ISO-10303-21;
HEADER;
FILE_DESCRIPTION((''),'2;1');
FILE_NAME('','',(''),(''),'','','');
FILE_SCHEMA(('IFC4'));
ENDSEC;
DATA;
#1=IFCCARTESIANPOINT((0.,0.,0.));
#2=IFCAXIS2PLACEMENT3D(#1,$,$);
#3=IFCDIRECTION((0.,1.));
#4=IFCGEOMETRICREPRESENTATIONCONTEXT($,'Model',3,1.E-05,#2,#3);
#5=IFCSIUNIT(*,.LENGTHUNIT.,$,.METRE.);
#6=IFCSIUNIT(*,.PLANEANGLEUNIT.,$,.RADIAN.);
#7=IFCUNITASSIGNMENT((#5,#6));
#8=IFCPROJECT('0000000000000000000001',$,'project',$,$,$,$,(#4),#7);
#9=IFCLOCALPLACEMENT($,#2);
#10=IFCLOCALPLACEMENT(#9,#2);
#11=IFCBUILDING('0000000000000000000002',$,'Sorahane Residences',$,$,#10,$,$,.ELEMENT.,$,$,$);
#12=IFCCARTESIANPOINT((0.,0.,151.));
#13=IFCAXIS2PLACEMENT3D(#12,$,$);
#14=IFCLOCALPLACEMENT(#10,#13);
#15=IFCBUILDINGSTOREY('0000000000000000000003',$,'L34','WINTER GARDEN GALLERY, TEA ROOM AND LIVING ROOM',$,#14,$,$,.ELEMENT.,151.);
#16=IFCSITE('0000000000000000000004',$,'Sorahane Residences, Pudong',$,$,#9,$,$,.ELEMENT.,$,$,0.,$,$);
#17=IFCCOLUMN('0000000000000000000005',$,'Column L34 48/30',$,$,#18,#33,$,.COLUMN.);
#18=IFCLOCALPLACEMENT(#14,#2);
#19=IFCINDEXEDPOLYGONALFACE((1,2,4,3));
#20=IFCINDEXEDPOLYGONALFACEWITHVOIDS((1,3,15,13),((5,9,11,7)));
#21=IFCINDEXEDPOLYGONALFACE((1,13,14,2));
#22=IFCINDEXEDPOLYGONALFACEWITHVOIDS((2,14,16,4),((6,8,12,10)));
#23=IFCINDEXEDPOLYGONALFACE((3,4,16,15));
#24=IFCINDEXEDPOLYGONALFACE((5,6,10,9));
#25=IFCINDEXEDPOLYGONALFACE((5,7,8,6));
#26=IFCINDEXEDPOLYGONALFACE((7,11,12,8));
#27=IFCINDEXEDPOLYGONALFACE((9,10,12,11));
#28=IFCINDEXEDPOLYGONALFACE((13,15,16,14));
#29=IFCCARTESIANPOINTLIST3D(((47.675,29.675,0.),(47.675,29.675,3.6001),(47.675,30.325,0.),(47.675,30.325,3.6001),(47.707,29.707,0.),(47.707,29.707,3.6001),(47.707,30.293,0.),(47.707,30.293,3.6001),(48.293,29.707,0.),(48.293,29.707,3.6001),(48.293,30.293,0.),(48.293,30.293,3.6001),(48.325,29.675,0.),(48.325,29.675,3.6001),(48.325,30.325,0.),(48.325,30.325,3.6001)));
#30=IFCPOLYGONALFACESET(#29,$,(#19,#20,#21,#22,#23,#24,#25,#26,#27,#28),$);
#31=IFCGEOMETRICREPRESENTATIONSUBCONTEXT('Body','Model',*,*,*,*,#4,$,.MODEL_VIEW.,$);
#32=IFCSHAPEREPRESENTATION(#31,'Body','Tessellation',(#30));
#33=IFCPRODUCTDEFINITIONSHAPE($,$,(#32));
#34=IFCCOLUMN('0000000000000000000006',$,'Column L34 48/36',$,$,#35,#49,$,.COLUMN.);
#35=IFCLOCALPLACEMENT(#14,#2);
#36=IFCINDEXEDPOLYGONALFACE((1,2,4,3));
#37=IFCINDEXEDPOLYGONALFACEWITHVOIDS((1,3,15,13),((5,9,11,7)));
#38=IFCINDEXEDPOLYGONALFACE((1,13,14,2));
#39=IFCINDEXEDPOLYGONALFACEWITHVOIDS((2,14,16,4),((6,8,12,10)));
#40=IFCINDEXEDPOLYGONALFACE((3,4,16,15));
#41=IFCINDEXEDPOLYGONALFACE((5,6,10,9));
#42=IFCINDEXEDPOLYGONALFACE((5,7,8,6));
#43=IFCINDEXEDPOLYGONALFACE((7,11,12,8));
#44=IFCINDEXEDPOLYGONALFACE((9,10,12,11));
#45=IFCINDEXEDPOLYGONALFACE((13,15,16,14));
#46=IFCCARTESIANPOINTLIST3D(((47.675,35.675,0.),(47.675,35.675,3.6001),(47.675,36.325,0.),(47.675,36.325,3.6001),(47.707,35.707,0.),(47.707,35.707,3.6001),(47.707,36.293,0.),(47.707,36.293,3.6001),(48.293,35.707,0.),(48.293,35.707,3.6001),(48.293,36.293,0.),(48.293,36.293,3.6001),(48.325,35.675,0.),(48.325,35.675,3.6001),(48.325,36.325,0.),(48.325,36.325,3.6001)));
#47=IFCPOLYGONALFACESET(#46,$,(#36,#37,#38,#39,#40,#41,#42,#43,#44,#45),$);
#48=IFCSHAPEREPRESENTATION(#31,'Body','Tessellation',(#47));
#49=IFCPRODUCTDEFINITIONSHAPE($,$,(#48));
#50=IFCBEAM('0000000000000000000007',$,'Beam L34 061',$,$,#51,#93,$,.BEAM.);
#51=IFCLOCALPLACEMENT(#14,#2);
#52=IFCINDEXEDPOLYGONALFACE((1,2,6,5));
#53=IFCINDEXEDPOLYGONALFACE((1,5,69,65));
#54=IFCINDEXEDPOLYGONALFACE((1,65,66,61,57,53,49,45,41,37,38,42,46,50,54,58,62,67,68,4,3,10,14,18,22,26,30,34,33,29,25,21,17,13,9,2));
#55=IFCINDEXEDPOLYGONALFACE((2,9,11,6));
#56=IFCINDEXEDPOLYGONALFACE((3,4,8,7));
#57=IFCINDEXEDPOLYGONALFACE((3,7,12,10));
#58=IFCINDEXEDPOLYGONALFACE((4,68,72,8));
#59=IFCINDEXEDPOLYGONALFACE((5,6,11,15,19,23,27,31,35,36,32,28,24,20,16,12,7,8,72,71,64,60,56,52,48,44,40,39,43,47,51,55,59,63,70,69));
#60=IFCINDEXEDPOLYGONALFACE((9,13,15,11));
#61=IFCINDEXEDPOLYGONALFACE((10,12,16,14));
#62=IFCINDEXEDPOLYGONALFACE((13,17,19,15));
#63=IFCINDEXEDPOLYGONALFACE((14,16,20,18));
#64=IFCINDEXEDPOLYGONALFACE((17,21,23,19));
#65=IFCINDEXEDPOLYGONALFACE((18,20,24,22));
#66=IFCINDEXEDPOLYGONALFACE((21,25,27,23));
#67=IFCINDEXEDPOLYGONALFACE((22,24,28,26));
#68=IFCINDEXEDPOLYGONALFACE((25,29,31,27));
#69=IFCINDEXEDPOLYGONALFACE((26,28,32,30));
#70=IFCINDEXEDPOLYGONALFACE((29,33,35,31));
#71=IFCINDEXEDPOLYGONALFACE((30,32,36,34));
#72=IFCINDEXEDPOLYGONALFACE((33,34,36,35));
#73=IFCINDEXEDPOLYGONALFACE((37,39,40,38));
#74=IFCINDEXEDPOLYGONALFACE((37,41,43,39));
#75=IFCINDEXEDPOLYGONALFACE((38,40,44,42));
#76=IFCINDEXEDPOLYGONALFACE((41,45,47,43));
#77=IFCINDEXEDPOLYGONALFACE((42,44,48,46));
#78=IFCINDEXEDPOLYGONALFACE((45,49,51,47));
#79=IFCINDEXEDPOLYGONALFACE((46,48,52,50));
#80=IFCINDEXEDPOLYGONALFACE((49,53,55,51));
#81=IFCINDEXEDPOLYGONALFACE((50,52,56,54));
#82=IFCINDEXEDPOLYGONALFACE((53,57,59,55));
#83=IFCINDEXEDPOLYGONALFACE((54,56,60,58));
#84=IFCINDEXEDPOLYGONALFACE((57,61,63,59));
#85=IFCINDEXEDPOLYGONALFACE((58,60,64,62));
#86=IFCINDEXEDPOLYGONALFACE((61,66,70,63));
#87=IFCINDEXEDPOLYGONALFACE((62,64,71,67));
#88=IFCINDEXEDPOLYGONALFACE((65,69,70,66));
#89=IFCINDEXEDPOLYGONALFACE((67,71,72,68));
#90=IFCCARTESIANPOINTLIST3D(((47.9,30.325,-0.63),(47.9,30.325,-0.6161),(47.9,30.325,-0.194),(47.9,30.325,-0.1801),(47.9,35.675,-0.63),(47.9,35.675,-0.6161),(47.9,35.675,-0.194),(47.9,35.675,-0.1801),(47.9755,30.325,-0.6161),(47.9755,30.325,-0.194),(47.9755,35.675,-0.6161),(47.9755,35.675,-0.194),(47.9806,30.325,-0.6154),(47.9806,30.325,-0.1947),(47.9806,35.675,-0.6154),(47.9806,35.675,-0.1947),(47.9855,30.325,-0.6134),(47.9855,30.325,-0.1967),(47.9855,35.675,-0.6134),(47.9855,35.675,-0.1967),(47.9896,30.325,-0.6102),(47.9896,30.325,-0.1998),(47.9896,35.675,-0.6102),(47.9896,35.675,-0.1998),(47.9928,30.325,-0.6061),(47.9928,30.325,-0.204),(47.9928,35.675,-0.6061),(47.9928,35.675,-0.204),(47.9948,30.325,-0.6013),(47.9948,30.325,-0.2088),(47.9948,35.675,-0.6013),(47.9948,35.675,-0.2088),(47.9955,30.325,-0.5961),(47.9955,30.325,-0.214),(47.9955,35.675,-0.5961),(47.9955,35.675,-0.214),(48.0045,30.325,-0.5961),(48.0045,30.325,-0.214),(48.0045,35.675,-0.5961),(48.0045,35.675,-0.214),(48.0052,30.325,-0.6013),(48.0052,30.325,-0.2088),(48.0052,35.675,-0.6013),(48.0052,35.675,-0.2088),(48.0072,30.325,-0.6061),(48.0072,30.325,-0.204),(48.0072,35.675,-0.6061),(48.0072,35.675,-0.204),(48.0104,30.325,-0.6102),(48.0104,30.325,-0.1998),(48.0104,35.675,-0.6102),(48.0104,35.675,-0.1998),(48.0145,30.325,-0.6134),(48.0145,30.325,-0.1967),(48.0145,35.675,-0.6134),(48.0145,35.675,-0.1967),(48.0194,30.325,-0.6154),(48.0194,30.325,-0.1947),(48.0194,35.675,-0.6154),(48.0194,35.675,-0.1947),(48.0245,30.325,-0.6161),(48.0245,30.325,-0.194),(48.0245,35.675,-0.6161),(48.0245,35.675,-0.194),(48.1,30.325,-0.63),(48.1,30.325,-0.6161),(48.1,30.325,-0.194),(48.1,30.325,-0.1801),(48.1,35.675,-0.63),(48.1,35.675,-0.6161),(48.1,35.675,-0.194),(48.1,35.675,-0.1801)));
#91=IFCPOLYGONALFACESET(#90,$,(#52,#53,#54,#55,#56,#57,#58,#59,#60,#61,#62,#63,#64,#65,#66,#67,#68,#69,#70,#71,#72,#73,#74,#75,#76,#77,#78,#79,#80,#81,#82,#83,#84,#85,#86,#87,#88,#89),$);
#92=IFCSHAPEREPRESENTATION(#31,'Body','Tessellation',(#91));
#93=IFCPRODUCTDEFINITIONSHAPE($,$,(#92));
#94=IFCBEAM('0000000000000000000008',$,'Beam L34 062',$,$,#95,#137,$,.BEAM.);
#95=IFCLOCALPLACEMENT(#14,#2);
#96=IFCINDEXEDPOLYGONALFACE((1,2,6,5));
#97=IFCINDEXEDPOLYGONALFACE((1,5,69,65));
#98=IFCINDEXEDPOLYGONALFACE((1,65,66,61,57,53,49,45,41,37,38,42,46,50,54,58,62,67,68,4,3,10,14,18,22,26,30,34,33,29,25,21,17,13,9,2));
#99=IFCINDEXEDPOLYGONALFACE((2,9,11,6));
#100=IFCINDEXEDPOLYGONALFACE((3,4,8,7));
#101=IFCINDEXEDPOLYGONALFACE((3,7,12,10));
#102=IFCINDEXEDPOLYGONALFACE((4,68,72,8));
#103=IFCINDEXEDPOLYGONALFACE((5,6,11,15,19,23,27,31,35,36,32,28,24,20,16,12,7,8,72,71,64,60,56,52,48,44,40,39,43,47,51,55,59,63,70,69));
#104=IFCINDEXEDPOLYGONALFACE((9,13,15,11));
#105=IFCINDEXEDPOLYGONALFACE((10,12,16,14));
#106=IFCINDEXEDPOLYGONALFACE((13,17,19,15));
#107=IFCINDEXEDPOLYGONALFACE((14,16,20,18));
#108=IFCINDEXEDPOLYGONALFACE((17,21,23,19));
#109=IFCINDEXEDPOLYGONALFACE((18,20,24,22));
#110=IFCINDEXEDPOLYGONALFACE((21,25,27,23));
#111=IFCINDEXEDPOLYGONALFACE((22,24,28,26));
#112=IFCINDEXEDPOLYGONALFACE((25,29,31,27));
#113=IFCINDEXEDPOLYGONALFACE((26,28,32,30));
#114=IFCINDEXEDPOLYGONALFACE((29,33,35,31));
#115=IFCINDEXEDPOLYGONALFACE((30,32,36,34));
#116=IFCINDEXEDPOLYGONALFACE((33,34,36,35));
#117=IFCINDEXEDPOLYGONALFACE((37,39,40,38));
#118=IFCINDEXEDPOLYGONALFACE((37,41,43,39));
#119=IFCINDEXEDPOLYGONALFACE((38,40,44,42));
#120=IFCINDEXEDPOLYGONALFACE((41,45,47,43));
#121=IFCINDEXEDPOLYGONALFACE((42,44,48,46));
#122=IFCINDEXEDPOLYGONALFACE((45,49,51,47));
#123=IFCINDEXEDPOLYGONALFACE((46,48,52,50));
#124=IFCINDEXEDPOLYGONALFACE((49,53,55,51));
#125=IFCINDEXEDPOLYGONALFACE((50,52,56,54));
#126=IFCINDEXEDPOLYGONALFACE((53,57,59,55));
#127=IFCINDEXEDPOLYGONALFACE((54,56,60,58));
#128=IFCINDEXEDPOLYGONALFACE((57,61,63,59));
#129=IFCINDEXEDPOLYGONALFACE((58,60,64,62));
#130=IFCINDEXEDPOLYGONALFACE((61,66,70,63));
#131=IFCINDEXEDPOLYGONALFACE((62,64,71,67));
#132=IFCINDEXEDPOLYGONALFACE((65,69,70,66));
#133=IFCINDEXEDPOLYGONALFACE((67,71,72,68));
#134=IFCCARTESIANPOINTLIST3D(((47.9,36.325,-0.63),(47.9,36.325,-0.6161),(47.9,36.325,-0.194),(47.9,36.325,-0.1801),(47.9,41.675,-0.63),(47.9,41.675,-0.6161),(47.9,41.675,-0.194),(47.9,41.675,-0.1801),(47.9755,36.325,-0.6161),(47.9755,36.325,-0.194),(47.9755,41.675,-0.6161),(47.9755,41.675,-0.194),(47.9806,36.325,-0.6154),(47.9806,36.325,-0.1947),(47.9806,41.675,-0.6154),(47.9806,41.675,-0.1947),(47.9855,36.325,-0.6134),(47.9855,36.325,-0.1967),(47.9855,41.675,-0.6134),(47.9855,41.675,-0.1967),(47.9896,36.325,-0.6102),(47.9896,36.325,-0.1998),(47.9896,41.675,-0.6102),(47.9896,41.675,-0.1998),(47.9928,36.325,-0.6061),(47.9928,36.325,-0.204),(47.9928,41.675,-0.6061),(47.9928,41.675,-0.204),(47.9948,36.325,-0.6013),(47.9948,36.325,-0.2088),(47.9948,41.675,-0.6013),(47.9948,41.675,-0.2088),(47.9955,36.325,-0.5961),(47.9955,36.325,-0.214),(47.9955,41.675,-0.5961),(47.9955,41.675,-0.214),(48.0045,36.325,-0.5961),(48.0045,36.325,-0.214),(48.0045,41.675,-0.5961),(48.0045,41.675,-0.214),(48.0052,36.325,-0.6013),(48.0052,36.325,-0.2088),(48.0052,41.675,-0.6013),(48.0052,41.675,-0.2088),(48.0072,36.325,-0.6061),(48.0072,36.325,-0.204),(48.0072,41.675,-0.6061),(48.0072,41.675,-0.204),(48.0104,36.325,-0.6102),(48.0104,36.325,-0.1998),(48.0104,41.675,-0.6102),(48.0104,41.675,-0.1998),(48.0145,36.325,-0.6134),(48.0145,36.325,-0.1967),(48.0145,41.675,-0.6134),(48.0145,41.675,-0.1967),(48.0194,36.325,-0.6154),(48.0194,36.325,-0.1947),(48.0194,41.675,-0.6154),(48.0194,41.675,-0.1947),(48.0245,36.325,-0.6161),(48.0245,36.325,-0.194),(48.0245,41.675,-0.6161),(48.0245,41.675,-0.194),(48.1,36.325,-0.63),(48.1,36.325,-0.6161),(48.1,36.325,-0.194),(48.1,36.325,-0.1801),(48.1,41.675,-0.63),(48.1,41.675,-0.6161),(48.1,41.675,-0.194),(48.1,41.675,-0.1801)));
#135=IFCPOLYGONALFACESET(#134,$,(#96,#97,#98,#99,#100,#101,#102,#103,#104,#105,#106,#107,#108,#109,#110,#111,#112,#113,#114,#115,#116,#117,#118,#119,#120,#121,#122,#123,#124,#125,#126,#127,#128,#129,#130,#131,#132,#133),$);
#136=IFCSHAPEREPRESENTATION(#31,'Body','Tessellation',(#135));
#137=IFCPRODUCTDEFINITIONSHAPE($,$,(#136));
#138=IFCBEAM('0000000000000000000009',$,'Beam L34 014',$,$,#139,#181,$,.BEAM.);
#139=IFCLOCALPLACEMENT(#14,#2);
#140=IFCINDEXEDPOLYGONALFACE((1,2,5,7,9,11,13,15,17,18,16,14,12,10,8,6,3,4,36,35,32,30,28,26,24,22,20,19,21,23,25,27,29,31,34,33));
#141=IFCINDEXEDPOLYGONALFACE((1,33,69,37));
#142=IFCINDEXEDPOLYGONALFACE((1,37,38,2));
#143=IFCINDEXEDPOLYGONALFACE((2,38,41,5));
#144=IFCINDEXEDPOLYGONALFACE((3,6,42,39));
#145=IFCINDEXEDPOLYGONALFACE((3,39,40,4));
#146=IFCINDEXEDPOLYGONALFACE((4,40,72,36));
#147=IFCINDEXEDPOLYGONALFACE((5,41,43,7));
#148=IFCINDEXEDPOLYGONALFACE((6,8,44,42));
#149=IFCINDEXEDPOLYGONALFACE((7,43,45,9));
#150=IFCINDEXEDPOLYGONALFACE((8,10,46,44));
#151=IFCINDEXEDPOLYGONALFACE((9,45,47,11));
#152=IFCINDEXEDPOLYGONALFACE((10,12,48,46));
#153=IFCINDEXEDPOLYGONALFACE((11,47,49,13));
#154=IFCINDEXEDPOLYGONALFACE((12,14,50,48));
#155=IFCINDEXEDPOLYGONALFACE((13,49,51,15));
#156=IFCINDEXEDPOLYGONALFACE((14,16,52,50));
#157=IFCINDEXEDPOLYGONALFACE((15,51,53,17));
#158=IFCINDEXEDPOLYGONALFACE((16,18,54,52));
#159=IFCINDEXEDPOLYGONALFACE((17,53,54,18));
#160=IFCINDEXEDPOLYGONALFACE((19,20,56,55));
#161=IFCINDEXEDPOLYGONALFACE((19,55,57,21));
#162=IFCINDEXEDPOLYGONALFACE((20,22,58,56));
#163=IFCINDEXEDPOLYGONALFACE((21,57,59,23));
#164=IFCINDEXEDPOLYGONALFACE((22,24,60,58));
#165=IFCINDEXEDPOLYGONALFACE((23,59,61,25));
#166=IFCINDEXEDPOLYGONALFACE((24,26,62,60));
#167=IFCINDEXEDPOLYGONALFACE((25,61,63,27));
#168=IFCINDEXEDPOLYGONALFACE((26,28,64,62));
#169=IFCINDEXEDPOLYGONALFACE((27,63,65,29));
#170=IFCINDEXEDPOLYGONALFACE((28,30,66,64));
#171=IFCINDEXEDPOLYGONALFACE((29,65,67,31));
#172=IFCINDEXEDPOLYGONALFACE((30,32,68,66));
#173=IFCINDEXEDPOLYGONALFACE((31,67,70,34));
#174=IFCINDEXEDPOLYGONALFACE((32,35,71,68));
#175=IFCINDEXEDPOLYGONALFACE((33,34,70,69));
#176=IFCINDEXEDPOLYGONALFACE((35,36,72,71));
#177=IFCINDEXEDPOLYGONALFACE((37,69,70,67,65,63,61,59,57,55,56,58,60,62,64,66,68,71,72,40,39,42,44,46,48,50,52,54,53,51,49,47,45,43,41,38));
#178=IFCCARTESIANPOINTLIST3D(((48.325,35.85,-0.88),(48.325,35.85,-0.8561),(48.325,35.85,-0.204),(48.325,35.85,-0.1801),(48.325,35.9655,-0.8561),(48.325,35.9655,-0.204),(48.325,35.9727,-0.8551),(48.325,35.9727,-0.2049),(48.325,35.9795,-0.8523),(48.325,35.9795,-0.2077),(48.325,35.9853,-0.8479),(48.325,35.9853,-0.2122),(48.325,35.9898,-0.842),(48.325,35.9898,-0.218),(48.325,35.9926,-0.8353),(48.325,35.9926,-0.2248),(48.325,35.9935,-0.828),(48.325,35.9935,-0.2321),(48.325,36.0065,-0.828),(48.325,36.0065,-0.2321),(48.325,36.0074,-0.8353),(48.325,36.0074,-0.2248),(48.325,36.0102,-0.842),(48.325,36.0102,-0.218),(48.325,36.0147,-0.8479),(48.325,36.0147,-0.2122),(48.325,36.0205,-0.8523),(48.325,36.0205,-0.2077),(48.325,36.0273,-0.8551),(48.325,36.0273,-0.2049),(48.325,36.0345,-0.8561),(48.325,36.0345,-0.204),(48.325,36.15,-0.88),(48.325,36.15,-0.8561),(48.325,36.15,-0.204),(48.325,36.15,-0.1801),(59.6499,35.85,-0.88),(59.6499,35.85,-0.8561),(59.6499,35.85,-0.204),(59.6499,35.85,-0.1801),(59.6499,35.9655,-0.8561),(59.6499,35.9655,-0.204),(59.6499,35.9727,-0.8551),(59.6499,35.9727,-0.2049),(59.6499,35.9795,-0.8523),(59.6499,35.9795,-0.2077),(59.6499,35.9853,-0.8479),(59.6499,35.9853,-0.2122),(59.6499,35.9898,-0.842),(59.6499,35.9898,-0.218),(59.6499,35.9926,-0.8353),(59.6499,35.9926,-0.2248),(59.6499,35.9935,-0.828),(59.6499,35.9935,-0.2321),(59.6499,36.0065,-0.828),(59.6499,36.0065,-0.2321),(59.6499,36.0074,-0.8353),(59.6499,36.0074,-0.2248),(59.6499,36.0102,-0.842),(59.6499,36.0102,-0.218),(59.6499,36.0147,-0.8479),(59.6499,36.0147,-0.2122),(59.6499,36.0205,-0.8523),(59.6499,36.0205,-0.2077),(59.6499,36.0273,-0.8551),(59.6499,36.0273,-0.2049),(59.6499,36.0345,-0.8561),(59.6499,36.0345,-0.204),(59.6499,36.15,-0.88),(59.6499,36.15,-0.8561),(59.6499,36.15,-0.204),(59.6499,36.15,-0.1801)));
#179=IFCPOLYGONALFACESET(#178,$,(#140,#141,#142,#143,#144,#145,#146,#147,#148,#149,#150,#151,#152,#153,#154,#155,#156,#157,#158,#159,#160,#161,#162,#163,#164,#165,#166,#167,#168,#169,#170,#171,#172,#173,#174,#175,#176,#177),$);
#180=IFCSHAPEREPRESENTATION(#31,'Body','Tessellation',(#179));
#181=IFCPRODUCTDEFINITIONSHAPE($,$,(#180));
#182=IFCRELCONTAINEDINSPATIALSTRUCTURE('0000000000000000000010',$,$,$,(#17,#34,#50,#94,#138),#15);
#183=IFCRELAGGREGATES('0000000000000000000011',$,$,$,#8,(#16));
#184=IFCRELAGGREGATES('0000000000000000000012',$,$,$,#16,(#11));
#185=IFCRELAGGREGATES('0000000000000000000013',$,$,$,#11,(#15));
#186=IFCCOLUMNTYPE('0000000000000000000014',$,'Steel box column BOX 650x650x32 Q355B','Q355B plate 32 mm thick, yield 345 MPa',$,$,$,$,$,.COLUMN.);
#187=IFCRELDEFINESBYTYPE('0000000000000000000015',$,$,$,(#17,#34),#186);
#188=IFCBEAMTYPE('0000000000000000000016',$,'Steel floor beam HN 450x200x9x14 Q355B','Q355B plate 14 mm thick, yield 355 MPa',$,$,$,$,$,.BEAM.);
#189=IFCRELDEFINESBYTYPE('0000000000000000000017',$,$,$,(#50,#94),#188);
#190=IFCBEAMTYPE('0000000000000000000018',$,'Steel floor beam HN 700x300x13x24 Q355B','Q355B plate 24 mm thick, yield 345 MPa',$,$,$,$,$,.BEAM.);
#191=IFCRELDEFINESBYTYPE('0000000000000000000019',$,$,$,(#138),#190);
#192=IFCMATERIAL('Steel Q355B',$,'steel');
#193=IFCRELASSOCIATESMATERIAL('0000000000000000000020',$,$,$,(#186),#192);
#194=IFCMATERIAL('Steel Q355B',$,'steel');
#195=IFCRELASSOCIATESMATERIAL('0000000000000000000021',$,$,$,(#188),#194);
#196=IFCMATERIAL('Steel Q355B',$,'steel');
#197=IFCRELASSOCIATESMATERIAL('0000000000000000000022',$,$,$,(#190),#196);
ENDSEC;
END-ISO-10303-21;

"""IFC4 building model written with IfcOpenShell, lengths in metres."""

from ifc_helpers import new_model, si_unit, direction, frame, origin, origin_2d, place, context, subcontext, project, spatial, hollow_rectangle, i_section, extrude, material, material_profile, profile_set, type_object, element, save


model = new_model("IFC4")

# Units and contexts
model_context = context("Model", 3, precision=1e-05, world=origin(), true_north=direction((0.0, 1.0)))
body_context = subcontext(model_context, "Body", "Model", "MODEL_VIEW")
ifc_project = project(units=[si_unit("LENGTHUNIT", "METRE"), si_unit("PLANEANGLEUNIT", "RADIAN")], contexts=[model_context])

# Site, building, storey
site_placement = place(None, origin())
site = spatial("IfcSite", under=ifc_project, at=site_placement, Name="Sorahane Residences, Pudong", CompositionType="ELEMENT", RefElevation=0.0)
building_placement = place(site_placement, origin())
building = spatial("IfcBuilding", under=site, at=building_placement, Name="Sorahane Residences", CompositionType="ELEMENT")
storey_placement = place(building_placement, frame((0.0, 0.0, 151.0)))
storey = spatial("IfcBuildingStorey", under=building, at=storey_placement, Name="L34", Description="WINTER GARDEN GALLERY, TEA ROOM AND LIVING ROOM", CompositionType="ELEMENT", Elevation=151.0)

# Columns
ifc_material_1 = material(Name="Steel Q355B", Category="steel")
ifc_material_profile_1 = material_profile(ifc_material_1, hollow_rectangle(XDim=0.6499, YDim=0.6499, WallThickness=0.032, at=origin_2d()), Name="BOX 650x650x32")
ifc_profile_set_1 = profile_set([ifc_material_profile_1], Name="Steel Q355B")
column_type = type_object("IfcColumnType", Name="Steel box column BOX 650x650x32 Q355B", Description="Q355B plate 32 mm thick, yield 345 MPa", PredefinedType="COLUMN", material=ifc_profile_set_1)
for number, where, z_axis, x_axis, name in (
    (1, (48.0, 30.0, 0.0), (0.0, 0.0, 1.0), (1.0, 0.0, 0.0), "Column L34 48/30"),
    (2, (48.0, 36.0, 0.0), (0.0, 0.0, 1.0), (1.0, 0.0, 0.0), "Column L34 48/36"),
):
    element("IfcColumn", number, at=place(storey_placement, frame(where, z_axis=z_axis, x_axis=x_axis)), inside=storey, type_object=column_type, Name=name, PredefinedType="COLUMN", context=body_context, shape_type="SweptSolid", body=[
        extrude(hollow_rectangle(XDim=0.6499, YDim=0.6499, WallThickness=0.032, at=origin_2d()), origin(), (0.0, 0.0, 1.0), 3.6001),
    ])

# Beams
ifc_material_2 = material(Name="Steel Q355B", Category="steel")
ifc_material_profile_2 = material_profile(ifc_material_2, i_section(OverallWidth=0.2, OverallDepth=0.45, WebThickness=0.009, FlangeThickness=0.0139, FilletRadius=0.02, at=origin_2d()), Name="HN 450x200x9x14")
ifc_profile_set_2 = profile_set([ifc_material_profile_2], Name="Steel Q355B")
beam_type_1 = type_object("IfcBeamType", Name="Steel floor beam HN 450x200x9x14 Q355B", Description="Q355B plate 14 mm thick, yield 355 MPa", PredefinedType="BEAM", material=ifc_profile_set_2)
for number, where, z_axis, x_axis, name in (
    (3, (48.0, 30.325, -0.405), (0.0, 1.0, 0.0), (-1.0, 0.0, 0.0), "Beam L34 061"),
    (4, (48.0, 36.325, -0.405), (0.0, 1.0, 0.0), (-1.0, 0.0, 0.0), "Beam L34 062"),
):
    element("IfcBeam", number, at=place(storey_placement, frame(where, z_axis=z_axis, x_axis=x_axis)), inside=storey, type_object=beam_type_1, Name=name, PredefinedType="BEAM", context=body_context, shape_type="SweptSolid", body=[
        extrude(i_section(OverallWidth=0.2, OverallDepth=0.45, WebThickness=0.009, FlangeThickness=0.0139, FilletRadius=0.02, at=origin_2d()), origin(), (0.0, 0.0, 1.0), 5.3501),
    ])
ifc_material_3 = material(Name="Steel Q355B", Category="steel")
ifc_material_profile_3 = material_profile(ifc_material_3, i_section(OverallWidth=0.3, OverallDepth=0.7, WebThickness=0.0129, FlangeThickness=0.0239, FilletRadius=0.0281, at=origin_2d()), Name="HN 700x300x13x24")
ifc_profile_set_3 = profile_set([ifc_material_profile_3], Name="Steel Q355B")
beam_type_2 = type_object("IfcBeamType", Name="Steel floor beam HN 700x300x13x24 Q355B", Description="Q355B plate 24 mm thick, yield 345 MPa", PredefinedType="BEAM", material=ifc_profile_set_3)
beam_1_placement = place(storey_placement, frame((48.325, 36.0, -0.53), z_axis=(1.0, 0.0, 0.0), x_axis=(0.0, 1.0, 0.0)))
element("IfcBeam", 5, at=beam_1_placement, inside=storey, type_object=beam_type_2, Name="Beam L34 014", PredefinedType="BEAM", context=body_context, shape_type="SweptSolid", body=[
    extrude(i_section(OverallWidth=0.3, OverallDepth=0.7, WebThickness=0.0129, FlangeThickness=0.0239, FilletRadius=0.0281, at=origin_2d()), origin(), (0.0, 0.0, 1.0), 11.325),
])

save(model, "model.ifc")
